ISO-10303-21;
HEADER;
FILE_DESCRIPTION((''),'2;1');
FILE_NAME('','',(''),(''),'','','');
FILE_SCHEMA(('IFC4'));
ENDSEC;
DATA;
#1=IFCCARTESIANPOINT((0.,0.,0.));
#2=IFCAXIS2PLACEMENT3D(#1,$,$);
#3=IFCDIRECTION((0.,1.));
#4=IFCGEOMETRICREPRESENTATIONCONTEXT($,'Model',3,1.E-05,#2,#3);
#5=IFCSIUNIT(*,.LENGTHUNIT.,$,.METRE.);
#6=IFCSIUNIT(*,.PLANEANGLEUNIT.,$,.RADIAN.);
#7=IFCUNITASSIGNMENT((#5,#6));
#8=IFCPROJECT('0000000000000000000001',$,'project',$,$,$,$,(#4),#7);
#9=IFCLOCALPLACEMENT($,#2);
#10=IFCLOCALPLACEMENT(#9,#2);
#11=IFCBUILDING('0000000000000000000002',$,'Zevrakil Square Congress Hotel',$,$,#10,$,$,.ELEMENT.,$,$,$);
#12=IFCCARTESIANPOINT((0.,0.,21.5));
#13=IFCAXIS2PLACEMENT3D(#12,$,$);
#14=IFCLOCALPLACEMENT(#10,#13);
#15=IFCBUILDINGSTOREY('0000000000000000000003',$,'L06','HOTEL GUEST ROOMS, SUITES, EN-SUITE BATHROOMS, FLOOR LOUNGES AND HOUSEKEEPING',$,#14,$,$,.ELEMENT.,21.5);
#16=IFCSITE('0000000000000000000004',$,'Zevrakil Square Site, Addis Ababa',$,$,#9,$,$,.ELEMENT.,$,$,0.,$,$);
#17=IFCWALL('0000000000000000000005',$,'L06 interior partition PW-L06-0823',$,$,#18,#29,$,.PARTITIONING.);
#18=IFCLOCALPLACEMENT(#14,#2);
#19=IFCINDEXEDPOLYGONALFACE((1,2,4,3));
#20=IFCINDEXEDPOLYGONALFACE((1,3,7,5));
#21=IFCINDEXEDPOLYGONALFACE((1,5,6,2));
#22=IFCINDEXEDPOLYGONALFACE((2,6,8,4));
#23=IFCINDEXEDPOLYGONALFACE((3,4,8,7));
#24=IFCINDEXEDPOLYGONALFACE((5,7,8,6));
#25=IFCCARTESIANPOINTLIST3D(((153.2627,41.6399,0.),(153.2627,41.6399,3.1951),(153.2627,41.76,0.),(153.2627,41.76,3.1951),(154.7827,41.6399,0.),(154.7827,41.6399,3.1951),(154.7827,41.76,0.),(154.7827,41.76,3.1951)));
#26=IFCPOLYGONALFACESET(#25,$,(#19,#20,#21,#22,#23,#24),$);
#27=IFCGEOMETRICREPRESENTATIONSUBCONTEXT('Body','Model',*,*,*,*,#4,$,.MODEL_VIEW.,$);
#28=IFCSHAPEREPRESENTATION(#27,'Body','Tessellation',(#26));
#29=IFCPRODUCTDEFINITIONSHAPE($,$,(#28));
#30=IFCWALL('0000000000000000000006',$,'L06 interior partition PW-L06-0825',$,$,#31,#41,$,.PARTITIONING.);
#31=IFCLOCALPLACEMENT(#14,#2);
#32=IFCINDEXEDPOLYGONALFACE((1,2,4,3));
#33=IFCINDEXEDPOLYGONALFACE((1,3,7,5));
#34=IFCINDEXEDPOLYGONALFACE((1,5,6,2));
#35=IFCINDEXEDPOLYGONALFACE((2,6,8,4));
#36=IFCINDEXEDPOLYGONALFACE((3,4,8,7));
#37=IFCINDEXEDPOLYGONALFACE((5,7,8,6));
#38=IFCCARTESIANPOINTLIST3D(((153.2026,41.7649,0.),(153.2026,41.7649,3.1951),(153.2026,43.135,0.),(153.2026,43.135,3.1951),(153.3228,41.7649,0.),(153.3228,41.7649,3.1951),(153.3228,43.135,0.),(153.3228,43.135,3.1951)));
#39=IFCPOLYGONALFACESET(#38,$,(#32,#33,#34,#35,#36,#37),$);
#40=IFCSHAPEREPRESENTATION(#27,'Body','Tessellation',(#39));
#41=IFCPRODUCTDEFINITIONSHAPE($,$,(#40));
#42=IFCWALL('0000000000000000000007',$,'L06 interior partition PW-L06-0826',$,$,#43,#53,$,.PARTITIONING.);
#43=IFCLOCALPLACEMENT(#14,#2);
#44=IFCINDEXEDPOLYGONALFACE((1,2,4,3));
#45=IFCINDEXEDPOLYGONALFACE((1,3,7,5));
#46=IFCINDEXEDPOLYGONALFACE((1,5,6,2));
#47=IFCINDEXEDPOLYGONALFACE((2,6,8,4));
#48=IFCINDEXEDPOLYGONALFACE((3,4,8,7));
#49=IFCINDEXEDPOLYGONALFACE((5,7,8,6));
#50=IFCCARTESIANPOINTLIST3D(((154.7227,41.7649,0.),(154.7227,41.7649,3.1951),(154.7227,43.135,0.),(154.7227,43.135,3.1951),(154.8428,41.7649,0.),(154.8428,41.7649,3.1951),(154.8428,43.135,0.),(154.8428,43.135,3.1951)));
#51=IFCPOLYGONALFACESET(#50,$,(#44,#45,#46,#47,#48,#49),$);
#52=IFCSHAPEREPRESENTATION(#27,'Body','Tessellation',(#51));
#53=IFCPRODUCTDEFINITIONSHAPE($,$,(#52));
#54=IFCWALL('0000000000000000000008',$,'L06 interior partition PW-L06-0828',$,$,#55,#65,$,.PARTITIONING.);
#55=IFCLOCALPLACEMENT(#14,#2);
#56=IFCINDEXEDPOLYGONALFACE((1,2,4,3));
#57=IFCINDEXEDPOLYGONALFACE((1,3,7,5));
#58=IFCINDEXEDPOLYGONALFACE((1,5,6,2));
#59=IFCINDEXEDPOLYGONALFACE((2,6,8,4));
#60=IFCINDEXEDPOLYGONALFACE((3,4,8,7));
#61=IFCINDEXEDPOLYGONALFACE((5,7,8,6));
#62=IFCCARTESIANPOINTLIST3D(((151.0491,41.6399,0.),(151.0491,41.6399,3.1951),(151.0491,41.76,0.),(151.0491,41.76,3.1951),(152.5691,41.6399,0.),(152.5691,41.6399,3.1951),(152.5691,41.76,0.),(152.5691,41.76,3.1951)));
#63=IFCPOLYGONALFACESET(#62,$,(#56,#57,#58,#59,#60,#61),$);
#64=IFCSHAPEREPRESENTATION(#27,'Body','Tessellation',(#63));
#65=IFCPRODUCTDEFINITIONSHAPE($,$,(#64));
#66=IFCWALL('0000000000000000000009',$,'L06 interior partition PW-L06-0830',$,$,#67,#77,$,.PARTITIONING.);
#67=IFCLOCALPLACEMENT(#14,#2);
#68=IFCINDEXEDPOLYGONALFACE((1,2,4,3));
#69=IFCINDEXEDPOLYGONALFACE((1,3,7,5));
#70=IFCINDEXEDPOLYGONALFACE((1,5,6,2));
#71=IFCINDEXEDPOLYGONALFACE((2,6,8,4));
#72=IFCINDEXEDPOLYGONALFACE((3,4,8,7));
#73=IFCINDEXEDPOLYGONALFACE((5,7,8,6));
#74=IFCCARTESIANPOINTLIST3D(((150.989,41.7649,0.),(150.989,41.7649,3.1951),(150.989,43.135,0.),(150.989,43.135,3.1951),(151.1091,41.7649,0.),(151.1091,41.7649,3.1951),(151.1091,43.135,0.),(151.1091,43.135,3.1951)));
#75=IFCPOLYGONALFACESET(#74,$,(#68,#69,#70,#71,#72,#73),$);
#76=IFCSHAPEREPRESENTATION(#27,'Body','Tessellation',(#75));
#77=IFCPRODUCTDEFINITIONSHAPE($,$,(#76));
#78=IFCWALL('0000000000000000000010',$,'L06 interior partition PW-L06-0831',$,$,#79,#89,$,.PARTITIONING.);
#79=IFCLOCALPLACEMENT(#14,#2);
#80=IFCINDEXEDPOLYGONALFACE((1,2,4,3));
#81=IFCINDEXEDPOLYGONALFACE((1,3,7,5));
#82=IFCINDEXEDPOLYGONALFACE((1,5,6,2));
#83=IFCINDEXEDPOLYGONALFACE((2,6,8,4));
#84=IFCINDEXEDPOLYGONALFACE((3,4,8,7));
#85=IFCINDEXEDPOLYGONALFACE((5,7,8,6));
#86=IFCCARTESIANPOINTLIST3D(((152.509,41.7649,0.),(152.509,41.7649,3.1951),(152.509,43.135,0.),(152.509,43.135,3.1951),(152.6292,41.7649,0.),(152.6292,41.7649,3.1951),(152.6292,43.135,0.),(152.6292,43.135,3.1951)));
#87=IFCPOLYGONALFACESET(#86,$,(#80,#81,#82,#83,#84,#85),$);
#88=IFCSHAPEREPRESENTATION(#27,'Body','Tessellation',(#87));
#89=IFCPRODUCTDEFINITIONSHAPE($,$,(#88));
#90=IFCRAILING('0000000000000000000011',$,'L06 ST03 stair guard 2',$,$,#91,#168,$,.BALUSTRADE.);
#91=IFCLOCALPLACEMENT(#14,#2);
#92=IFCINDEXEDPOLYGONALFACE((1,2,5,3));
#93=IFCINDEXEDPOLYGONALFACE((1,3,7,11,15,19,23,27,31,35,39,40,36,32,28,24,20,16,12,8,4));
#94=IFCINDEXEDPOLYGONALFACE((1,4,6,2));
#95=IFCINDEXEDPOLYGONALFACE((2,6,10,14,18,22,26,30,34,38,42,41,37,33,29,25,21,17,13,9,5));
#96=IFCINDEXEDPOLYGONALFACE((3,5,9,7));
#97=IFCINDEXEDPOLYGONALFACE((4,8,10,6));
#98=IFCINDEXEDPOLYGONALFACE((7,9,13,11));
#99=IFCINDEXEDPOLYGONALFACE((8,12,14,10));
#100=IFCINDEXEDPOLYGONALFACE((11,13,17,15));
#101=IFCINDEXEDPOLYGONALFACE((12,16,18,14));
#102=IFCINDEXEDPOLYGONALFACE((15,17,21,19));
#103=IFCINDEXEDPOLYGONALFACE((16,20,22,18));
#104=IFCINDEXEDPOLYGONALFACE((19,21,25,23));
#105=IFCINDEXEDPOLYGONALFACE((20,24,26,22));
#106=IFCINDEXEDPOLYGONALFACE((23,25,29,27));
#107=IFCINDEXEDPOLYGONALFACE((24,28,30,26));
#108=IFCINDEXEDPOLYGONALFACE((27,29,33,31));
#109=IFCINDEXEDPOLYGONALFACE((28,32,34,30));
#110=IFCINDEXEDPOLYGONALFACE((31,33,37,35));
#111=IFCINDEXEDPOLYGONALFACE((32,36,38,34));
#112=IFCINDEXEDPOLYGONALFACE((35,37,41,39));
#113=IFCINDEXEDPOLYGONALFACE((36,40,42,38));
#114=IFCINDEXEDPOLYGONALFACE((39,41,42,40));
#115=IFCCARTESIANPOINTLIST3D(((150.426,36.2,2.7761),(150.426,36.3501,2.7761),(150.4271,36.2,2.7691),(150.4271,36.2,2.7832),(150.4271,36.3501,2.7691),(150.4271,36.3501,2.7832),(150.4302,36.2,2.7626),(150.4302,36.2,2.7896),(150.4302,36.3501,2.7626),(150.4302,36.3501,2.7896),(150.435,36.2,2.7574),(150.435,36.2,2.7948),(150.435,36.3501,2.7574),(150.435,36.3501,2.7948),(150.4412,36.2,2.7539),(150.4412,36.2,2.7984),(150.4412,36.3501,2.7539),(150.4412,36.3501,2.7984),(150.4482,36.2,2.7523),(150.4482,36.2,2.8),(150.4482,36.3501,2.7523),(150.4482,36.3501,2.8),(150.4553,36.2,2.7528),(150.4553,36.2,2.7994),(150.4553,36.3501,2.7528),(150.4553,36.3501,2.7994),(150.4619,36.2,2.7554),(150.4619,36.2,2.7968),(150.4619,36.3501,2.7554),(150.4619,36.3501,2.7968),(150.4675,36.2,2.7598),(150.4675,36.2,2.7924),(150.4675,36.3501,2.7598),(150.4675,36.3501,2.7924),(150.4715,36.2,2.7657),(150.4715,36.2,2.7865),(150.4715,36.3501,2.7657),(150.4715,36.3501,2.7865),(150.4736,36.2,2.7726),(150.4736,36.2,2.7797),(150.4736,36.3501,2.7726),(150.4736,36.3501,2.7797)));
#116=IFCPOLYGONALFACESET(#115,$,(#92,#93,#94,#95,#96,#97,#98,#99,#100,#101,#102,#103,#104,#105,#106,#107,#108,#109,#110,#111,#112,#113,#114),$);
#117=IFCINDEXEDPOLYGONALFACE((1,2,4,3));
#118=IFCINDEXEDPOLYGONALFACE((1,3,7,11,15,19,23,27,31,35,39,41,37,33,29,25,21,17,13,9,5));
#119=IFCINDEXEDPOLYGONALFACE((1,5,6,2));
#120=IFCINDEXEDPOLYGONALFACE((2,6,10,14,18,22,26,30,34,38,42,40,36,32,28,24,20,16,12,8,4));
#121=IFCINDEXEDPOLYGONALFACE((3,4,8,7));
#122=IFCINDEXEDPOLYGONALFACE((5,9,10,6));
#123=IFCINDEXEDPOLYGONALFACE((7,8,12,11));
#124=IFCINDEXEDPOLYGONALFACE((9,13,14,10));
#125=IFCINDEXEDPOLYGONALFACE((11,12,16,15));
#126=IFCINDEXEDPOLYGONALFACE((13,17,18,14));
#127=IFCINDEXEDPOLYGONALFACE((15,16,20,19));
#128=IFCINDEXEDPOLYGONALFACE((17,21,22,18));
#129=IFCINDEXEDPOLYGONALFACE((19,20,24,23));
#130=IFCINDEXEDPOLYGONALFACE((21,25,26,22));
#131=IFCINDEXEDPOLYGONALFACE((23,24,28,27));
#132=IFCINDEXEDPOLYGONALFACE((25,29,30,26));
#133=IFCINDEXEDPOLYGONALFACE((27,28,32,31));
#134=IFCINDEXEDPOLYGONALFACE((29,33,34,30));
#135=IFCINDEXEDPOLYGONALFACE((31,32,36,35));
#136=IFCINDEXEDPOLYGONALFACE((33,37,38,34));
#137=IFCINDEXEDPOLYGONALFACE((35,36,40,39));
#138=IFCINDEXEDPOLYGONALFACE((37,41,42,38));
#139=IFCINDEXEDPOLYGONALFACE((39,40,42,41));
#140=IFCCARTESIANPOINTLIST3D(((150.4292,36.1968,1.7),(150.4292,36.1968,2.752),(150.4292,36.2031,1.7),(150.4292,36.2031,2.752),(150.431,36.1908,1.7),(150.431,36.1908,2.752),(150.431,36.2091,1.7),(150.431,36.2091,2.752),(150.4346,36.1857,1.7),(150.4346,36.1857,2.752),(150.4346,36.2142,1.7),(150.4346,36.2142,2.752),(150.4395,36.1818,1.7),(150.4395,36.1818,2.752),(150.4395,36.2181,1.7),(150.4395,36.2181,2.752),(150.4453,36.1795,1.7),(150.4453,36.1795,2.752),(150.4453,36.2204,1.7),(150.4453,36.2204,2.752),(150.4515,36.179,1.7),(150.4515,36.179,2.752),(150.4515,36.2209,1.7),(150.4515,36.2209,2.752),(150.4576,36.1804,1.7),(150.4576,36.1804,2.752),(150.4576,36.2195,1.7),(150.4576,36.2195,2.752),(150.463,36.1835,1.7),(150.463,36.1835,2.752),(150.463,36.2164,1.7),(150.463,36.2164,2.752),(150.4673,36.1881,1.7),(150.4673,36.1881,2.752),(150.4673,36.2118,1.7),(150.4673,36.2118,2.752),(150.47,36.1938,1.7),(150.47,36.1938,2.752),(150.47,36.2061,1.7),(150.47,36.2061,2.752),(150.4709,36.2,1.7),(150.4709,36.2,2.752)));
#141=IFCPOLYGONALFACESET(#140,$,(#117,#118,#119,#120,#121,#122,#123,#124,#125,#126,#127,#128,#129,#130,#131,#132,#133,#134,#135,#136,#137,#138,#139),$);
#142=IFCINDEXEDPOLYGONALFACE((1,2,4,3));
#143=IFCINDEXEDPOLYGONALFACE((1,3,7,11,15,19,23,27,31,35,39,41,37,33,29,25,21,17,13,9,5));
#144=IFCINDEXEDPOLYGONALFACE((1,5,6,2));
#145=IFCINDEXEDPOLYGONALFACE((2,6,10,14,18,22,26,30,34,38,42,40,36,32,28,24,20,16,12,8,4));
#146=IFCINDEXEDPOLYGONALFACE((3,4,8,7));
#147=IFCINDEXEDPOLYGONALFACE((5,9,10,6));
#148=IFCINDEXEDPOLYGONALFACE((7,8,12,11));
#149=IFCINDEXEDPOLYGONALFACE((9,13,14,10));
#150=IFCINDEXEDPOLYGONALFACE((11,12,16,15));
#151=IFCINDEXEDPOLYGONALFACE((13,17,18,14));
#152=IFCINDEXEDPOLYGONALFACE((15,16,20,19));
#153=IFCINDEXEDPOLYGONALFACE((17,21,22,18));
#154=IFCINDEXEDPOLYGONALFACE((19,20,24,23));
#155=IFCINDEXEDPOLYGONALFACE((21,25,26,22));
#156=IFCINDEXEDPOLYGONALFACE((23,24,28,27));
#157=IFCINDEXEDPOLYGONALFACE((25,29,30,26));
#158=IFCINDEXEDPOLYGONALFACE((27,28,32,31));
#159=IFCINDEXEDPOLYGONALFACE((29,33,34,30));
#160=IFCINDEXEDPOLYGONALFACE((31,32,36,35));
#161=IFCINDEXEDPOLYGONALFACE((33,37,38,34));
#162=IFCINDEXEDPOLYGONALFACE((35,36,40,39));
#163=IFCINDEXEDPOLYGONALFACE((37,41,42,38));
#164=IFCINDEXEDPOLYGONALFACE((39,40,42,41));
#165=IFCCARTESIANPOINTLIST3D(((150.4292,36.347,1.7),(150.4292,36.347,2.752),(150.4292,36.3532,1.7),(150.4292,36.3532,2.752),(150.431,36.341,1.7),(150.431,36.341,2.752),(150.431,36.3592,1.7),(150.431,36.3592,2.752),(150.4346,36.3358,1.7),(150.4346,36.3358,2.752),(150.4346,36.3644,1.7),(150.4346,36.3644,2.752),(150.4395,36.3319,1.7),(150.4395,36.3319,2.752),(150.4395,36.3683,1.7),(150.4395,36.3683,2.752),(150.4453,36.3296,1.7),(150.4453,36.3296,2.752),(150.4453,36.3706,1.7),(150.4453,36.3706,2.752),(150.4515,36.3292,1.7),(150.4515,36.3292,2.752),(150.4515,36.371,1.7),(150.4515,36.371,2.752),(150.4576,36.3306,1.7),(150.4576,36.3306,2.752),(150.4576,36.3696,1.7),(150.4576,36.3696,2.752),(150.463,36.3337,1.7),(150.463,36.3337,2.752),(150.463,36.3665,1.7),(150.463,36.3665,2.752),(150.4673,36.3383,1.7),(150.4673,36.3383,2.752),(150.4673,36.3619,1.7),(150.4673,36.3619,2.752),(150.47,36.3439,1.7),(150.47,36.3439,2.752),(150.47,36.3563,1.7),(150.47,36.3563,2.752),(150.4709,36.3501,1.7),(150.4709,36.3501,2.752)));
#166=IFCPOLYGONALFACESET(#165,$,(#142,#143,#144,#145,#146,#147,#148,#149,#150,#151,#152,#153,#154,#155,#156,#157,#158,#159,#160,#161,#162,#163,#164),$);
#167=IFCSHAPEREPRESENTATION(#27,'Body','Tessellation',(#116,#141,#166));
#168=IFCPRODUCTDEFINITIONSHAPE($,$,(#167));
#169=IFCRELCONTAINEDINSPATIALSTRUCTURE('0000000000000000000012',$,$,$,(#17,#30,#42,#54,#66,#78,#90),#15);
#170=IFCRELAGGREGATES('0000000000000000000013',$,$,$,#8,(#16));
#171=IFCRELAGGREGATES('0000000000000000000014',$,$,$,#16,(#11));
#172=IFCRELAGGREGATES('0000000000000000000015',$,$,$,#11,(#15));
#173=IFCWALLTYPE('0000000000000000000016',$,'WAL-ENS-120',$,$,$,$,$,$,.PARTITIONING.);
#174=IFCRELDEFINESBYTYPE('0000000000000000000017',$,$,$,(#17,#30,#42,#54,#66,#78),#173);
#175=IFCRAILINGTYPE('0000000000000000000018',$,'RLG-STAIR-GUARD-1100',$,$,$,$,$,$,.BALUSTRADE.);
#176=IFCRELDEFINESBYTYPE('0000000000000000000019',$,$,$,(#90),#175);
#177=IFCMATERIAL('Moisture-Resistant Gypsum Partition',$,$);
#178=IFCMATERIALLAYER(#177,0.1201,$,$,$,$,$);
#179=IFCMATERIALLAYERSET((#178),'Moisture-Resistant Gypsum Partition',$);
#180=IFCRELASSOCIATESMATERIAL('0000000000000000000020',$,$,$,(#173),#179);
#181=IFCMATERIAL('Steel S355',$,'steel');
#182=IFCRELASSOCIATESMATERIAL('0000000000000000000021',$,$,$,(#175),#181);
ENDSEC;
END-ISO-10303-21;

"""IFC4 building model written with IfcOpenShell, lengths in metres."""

from ifc_helpers import new_model, si_unit, direction, frame, frame_2d, origin, origin_2d, place, context, subcontext, project, spatial, rectangle, circle, extrude, material, layer, layer_set, type_object, element, save


model = new_model("IFC4")

# Units and contexts
model_context = context("Model", 3, precision=1e-05, world=origin(), true_north=direction((0.0, 1.0)))
body_context = subcontext(model_context, "Body", "Model", "MODEL_VIEW")
ifc_project = project(units=[si_unit("LENGTHUNIT", "METRE"), si_unit("PLANEANGLEUNIT", "RADIAN")], contexts=[model_context])

# Site, building, storey
site_placement = place(None, origin())
site = spatial("IfcSite", under=ifc_project, at=site_placement, Name="Zevrakil Square Site, Addis Ababa", CompositionType="ELEMENT", RefElevation=0.0)
building_placement = place(site_placement, origin())
building = spatial("IfcBuilding", under=site, at=building_placement, Name="Zevrakil Square Congress Hotel", CompositionType="ELEMENT")
storey_placement = place(building_placement, frame((0.0, 0.0, 21.5)))
storey = spatial("IfcBuildingStorey", under=building, at=storey_placement, Name="L06", Description="HOTEL GUEST ROOMS, SUITES, EN-SUITE BATHROOMS, FLOOR LOUNGES AND HOUSEKEEPING", CompositionType="ELEMENT", Elevation=21.5)

# Walls
ifc_material_1 = material(Name="Moisture-Resistant Gypsum Partition")
ifc_layer_1 = layer(ifc_material_1, 0.1201)
ifc_layer_set_1 = layer_set([ifc_layer_1], Name="Moisture-Resistant Gypsum Partition")
wall_type_1 = type_object("IfcWallType", Name="WAL-ENS-120", PredefinedType="PARTITIONING", material=ifc_layer_set_1)
wall_1_placement = place(storey_placement, frame((153.2627, 41.7, 0.0), z_axis=(0.0, 0.0, 1.0), x_axis=(1.0, 0.0, 0.0)))
element("IfcWall", 1, at=wall_1_placement, inside=storey, type_object=wall_type_1, Name="L06 interior partition PW-L06-0823", PredefinedType="PARTITIONING", context=body_context, shape_type="SweptSolid", body=[
    extrude(rectangle(XDim=1.52, YDim=0.1201, at=frame_2d((0.76, 0.0))), origin(), (0.0, 0.0, 1.0), 3.1951),
])
for number, where, z_axis, x_axis, name in (
    (2, (153.2627, 41.7649, 0.0), (0.0, 0.0, 1.0), (0.0, 1.0, 0.0), "L06 interior partition PW-L06-0825"),
    (3, (154.7827, 41.7649, 0.0), (0.0, 0.0, 1.0), (0.0, 1.0, 0.0), "L06 interior partition PW-L06-0826"),
):
    element("IfcWall", number, at=place(storey_placement, frame(where, z_axis=z_axis, x_axis=x_axis)), inside=storey, type_object=wall_type_1, Name=name, PredefinedType="PARTITIONING", context=body_context, shape_type="SweptSolid", body=[
        extrude(rectangle(XDim=1.3701, YDim=0.1201, at=frame_2d((0.6851, 0.0))), origin(), (0.0, 0.0, 1.0), 3.1951),
    ])
wall_2_placement = place(storey_placement, frame((151.0491, 41.7, 0.0), z_axis=(0.0, 0.0, 1.0), x_axis=(1.0, 0.0, 0.0)))
element("IfcWall", 4, at=wall_2_placement, inside=storey, type_object=wall_type_1, Name="L06 interior partition PW-L06-0828", PredefinedType="PARTITIONING", context=body_context, shape_type="SweptSolid", body=[
    extrude(rectangle(XDim=1.52, YDim=0.1201, at=frame_2d((0.76, 0.0))), origin(), (0.0, 0.0, 1.0), 3.1951),
])
for number, where, z_axis, x_axis, name in (
    (5, (151.0491, 41.7649, 0.0), (0.0, 0.0, 1.0), (0.0, 1.0, 0.0), "L06 interior partition PW-L06-0830"),
    (6, (152.5691, 41.7649, 0.0), (0.0, 0.0, 1.0), (0.0, 1.0, 0.0), "L06 interior partition PW-L06-0831"),
):
    element("IfcWall", number, at=place(storey_placement, frame(where, z_axis=z_axis, x_axis=x_axis)), inside=storey, type_object=wall_type_1, Name=name, PredefinedType="PARTITIONING", context=body_context, shape_type="SweptSolid", body=[
        extrude(rectangle(XDim=1.3701, YDim=0.1201, at=frame_2d((0.6851, 0.0))), origin(), (0.0, 0.0, 1.0), 3.1951),
    ])

# Railing
ifc_material_2 = material(Name="Steel S355", Category="steel")
railing_type_1 = type_object("IfcRailingType", Name="RLG-STAIR-GUARD-1100", PredefinedType="BALUSTRADE", material=ifc_material_2)
railing_1_placement = place(storey_placement, frame((150.45, 36.2, 1.7)))
element("IfcRailing", 7, at=railing_1_placement, inside=storey, type_object=railing_type_1, Name="L06 ST03 stair guard 2", PredefinedType="BALUSTRADE", context=body_context, shape_type="SweptSolid", body=[
    extrude(circle(Radius=0.0239, at=origin_2d()), frame((0.0, 0.0, 1.0762), z_axis=(0.0, 1.0, 0.0), x_axis=(-1.0, 0.0, 0.0)), (0.0, 0.0, 1.0), 0.1501),
    extrude(circle(Radius=0.021, at=origin_2d()), origin(), (0.0, 0.0, 1.0), 1.052),
    extrude(circle(Radius=0.021, at=origin_2d()), frame((0.0, 0.1501, 0.0)), (0.0, 0.0, 1.0), 1.052),
])

save(model, "model.ifc")
